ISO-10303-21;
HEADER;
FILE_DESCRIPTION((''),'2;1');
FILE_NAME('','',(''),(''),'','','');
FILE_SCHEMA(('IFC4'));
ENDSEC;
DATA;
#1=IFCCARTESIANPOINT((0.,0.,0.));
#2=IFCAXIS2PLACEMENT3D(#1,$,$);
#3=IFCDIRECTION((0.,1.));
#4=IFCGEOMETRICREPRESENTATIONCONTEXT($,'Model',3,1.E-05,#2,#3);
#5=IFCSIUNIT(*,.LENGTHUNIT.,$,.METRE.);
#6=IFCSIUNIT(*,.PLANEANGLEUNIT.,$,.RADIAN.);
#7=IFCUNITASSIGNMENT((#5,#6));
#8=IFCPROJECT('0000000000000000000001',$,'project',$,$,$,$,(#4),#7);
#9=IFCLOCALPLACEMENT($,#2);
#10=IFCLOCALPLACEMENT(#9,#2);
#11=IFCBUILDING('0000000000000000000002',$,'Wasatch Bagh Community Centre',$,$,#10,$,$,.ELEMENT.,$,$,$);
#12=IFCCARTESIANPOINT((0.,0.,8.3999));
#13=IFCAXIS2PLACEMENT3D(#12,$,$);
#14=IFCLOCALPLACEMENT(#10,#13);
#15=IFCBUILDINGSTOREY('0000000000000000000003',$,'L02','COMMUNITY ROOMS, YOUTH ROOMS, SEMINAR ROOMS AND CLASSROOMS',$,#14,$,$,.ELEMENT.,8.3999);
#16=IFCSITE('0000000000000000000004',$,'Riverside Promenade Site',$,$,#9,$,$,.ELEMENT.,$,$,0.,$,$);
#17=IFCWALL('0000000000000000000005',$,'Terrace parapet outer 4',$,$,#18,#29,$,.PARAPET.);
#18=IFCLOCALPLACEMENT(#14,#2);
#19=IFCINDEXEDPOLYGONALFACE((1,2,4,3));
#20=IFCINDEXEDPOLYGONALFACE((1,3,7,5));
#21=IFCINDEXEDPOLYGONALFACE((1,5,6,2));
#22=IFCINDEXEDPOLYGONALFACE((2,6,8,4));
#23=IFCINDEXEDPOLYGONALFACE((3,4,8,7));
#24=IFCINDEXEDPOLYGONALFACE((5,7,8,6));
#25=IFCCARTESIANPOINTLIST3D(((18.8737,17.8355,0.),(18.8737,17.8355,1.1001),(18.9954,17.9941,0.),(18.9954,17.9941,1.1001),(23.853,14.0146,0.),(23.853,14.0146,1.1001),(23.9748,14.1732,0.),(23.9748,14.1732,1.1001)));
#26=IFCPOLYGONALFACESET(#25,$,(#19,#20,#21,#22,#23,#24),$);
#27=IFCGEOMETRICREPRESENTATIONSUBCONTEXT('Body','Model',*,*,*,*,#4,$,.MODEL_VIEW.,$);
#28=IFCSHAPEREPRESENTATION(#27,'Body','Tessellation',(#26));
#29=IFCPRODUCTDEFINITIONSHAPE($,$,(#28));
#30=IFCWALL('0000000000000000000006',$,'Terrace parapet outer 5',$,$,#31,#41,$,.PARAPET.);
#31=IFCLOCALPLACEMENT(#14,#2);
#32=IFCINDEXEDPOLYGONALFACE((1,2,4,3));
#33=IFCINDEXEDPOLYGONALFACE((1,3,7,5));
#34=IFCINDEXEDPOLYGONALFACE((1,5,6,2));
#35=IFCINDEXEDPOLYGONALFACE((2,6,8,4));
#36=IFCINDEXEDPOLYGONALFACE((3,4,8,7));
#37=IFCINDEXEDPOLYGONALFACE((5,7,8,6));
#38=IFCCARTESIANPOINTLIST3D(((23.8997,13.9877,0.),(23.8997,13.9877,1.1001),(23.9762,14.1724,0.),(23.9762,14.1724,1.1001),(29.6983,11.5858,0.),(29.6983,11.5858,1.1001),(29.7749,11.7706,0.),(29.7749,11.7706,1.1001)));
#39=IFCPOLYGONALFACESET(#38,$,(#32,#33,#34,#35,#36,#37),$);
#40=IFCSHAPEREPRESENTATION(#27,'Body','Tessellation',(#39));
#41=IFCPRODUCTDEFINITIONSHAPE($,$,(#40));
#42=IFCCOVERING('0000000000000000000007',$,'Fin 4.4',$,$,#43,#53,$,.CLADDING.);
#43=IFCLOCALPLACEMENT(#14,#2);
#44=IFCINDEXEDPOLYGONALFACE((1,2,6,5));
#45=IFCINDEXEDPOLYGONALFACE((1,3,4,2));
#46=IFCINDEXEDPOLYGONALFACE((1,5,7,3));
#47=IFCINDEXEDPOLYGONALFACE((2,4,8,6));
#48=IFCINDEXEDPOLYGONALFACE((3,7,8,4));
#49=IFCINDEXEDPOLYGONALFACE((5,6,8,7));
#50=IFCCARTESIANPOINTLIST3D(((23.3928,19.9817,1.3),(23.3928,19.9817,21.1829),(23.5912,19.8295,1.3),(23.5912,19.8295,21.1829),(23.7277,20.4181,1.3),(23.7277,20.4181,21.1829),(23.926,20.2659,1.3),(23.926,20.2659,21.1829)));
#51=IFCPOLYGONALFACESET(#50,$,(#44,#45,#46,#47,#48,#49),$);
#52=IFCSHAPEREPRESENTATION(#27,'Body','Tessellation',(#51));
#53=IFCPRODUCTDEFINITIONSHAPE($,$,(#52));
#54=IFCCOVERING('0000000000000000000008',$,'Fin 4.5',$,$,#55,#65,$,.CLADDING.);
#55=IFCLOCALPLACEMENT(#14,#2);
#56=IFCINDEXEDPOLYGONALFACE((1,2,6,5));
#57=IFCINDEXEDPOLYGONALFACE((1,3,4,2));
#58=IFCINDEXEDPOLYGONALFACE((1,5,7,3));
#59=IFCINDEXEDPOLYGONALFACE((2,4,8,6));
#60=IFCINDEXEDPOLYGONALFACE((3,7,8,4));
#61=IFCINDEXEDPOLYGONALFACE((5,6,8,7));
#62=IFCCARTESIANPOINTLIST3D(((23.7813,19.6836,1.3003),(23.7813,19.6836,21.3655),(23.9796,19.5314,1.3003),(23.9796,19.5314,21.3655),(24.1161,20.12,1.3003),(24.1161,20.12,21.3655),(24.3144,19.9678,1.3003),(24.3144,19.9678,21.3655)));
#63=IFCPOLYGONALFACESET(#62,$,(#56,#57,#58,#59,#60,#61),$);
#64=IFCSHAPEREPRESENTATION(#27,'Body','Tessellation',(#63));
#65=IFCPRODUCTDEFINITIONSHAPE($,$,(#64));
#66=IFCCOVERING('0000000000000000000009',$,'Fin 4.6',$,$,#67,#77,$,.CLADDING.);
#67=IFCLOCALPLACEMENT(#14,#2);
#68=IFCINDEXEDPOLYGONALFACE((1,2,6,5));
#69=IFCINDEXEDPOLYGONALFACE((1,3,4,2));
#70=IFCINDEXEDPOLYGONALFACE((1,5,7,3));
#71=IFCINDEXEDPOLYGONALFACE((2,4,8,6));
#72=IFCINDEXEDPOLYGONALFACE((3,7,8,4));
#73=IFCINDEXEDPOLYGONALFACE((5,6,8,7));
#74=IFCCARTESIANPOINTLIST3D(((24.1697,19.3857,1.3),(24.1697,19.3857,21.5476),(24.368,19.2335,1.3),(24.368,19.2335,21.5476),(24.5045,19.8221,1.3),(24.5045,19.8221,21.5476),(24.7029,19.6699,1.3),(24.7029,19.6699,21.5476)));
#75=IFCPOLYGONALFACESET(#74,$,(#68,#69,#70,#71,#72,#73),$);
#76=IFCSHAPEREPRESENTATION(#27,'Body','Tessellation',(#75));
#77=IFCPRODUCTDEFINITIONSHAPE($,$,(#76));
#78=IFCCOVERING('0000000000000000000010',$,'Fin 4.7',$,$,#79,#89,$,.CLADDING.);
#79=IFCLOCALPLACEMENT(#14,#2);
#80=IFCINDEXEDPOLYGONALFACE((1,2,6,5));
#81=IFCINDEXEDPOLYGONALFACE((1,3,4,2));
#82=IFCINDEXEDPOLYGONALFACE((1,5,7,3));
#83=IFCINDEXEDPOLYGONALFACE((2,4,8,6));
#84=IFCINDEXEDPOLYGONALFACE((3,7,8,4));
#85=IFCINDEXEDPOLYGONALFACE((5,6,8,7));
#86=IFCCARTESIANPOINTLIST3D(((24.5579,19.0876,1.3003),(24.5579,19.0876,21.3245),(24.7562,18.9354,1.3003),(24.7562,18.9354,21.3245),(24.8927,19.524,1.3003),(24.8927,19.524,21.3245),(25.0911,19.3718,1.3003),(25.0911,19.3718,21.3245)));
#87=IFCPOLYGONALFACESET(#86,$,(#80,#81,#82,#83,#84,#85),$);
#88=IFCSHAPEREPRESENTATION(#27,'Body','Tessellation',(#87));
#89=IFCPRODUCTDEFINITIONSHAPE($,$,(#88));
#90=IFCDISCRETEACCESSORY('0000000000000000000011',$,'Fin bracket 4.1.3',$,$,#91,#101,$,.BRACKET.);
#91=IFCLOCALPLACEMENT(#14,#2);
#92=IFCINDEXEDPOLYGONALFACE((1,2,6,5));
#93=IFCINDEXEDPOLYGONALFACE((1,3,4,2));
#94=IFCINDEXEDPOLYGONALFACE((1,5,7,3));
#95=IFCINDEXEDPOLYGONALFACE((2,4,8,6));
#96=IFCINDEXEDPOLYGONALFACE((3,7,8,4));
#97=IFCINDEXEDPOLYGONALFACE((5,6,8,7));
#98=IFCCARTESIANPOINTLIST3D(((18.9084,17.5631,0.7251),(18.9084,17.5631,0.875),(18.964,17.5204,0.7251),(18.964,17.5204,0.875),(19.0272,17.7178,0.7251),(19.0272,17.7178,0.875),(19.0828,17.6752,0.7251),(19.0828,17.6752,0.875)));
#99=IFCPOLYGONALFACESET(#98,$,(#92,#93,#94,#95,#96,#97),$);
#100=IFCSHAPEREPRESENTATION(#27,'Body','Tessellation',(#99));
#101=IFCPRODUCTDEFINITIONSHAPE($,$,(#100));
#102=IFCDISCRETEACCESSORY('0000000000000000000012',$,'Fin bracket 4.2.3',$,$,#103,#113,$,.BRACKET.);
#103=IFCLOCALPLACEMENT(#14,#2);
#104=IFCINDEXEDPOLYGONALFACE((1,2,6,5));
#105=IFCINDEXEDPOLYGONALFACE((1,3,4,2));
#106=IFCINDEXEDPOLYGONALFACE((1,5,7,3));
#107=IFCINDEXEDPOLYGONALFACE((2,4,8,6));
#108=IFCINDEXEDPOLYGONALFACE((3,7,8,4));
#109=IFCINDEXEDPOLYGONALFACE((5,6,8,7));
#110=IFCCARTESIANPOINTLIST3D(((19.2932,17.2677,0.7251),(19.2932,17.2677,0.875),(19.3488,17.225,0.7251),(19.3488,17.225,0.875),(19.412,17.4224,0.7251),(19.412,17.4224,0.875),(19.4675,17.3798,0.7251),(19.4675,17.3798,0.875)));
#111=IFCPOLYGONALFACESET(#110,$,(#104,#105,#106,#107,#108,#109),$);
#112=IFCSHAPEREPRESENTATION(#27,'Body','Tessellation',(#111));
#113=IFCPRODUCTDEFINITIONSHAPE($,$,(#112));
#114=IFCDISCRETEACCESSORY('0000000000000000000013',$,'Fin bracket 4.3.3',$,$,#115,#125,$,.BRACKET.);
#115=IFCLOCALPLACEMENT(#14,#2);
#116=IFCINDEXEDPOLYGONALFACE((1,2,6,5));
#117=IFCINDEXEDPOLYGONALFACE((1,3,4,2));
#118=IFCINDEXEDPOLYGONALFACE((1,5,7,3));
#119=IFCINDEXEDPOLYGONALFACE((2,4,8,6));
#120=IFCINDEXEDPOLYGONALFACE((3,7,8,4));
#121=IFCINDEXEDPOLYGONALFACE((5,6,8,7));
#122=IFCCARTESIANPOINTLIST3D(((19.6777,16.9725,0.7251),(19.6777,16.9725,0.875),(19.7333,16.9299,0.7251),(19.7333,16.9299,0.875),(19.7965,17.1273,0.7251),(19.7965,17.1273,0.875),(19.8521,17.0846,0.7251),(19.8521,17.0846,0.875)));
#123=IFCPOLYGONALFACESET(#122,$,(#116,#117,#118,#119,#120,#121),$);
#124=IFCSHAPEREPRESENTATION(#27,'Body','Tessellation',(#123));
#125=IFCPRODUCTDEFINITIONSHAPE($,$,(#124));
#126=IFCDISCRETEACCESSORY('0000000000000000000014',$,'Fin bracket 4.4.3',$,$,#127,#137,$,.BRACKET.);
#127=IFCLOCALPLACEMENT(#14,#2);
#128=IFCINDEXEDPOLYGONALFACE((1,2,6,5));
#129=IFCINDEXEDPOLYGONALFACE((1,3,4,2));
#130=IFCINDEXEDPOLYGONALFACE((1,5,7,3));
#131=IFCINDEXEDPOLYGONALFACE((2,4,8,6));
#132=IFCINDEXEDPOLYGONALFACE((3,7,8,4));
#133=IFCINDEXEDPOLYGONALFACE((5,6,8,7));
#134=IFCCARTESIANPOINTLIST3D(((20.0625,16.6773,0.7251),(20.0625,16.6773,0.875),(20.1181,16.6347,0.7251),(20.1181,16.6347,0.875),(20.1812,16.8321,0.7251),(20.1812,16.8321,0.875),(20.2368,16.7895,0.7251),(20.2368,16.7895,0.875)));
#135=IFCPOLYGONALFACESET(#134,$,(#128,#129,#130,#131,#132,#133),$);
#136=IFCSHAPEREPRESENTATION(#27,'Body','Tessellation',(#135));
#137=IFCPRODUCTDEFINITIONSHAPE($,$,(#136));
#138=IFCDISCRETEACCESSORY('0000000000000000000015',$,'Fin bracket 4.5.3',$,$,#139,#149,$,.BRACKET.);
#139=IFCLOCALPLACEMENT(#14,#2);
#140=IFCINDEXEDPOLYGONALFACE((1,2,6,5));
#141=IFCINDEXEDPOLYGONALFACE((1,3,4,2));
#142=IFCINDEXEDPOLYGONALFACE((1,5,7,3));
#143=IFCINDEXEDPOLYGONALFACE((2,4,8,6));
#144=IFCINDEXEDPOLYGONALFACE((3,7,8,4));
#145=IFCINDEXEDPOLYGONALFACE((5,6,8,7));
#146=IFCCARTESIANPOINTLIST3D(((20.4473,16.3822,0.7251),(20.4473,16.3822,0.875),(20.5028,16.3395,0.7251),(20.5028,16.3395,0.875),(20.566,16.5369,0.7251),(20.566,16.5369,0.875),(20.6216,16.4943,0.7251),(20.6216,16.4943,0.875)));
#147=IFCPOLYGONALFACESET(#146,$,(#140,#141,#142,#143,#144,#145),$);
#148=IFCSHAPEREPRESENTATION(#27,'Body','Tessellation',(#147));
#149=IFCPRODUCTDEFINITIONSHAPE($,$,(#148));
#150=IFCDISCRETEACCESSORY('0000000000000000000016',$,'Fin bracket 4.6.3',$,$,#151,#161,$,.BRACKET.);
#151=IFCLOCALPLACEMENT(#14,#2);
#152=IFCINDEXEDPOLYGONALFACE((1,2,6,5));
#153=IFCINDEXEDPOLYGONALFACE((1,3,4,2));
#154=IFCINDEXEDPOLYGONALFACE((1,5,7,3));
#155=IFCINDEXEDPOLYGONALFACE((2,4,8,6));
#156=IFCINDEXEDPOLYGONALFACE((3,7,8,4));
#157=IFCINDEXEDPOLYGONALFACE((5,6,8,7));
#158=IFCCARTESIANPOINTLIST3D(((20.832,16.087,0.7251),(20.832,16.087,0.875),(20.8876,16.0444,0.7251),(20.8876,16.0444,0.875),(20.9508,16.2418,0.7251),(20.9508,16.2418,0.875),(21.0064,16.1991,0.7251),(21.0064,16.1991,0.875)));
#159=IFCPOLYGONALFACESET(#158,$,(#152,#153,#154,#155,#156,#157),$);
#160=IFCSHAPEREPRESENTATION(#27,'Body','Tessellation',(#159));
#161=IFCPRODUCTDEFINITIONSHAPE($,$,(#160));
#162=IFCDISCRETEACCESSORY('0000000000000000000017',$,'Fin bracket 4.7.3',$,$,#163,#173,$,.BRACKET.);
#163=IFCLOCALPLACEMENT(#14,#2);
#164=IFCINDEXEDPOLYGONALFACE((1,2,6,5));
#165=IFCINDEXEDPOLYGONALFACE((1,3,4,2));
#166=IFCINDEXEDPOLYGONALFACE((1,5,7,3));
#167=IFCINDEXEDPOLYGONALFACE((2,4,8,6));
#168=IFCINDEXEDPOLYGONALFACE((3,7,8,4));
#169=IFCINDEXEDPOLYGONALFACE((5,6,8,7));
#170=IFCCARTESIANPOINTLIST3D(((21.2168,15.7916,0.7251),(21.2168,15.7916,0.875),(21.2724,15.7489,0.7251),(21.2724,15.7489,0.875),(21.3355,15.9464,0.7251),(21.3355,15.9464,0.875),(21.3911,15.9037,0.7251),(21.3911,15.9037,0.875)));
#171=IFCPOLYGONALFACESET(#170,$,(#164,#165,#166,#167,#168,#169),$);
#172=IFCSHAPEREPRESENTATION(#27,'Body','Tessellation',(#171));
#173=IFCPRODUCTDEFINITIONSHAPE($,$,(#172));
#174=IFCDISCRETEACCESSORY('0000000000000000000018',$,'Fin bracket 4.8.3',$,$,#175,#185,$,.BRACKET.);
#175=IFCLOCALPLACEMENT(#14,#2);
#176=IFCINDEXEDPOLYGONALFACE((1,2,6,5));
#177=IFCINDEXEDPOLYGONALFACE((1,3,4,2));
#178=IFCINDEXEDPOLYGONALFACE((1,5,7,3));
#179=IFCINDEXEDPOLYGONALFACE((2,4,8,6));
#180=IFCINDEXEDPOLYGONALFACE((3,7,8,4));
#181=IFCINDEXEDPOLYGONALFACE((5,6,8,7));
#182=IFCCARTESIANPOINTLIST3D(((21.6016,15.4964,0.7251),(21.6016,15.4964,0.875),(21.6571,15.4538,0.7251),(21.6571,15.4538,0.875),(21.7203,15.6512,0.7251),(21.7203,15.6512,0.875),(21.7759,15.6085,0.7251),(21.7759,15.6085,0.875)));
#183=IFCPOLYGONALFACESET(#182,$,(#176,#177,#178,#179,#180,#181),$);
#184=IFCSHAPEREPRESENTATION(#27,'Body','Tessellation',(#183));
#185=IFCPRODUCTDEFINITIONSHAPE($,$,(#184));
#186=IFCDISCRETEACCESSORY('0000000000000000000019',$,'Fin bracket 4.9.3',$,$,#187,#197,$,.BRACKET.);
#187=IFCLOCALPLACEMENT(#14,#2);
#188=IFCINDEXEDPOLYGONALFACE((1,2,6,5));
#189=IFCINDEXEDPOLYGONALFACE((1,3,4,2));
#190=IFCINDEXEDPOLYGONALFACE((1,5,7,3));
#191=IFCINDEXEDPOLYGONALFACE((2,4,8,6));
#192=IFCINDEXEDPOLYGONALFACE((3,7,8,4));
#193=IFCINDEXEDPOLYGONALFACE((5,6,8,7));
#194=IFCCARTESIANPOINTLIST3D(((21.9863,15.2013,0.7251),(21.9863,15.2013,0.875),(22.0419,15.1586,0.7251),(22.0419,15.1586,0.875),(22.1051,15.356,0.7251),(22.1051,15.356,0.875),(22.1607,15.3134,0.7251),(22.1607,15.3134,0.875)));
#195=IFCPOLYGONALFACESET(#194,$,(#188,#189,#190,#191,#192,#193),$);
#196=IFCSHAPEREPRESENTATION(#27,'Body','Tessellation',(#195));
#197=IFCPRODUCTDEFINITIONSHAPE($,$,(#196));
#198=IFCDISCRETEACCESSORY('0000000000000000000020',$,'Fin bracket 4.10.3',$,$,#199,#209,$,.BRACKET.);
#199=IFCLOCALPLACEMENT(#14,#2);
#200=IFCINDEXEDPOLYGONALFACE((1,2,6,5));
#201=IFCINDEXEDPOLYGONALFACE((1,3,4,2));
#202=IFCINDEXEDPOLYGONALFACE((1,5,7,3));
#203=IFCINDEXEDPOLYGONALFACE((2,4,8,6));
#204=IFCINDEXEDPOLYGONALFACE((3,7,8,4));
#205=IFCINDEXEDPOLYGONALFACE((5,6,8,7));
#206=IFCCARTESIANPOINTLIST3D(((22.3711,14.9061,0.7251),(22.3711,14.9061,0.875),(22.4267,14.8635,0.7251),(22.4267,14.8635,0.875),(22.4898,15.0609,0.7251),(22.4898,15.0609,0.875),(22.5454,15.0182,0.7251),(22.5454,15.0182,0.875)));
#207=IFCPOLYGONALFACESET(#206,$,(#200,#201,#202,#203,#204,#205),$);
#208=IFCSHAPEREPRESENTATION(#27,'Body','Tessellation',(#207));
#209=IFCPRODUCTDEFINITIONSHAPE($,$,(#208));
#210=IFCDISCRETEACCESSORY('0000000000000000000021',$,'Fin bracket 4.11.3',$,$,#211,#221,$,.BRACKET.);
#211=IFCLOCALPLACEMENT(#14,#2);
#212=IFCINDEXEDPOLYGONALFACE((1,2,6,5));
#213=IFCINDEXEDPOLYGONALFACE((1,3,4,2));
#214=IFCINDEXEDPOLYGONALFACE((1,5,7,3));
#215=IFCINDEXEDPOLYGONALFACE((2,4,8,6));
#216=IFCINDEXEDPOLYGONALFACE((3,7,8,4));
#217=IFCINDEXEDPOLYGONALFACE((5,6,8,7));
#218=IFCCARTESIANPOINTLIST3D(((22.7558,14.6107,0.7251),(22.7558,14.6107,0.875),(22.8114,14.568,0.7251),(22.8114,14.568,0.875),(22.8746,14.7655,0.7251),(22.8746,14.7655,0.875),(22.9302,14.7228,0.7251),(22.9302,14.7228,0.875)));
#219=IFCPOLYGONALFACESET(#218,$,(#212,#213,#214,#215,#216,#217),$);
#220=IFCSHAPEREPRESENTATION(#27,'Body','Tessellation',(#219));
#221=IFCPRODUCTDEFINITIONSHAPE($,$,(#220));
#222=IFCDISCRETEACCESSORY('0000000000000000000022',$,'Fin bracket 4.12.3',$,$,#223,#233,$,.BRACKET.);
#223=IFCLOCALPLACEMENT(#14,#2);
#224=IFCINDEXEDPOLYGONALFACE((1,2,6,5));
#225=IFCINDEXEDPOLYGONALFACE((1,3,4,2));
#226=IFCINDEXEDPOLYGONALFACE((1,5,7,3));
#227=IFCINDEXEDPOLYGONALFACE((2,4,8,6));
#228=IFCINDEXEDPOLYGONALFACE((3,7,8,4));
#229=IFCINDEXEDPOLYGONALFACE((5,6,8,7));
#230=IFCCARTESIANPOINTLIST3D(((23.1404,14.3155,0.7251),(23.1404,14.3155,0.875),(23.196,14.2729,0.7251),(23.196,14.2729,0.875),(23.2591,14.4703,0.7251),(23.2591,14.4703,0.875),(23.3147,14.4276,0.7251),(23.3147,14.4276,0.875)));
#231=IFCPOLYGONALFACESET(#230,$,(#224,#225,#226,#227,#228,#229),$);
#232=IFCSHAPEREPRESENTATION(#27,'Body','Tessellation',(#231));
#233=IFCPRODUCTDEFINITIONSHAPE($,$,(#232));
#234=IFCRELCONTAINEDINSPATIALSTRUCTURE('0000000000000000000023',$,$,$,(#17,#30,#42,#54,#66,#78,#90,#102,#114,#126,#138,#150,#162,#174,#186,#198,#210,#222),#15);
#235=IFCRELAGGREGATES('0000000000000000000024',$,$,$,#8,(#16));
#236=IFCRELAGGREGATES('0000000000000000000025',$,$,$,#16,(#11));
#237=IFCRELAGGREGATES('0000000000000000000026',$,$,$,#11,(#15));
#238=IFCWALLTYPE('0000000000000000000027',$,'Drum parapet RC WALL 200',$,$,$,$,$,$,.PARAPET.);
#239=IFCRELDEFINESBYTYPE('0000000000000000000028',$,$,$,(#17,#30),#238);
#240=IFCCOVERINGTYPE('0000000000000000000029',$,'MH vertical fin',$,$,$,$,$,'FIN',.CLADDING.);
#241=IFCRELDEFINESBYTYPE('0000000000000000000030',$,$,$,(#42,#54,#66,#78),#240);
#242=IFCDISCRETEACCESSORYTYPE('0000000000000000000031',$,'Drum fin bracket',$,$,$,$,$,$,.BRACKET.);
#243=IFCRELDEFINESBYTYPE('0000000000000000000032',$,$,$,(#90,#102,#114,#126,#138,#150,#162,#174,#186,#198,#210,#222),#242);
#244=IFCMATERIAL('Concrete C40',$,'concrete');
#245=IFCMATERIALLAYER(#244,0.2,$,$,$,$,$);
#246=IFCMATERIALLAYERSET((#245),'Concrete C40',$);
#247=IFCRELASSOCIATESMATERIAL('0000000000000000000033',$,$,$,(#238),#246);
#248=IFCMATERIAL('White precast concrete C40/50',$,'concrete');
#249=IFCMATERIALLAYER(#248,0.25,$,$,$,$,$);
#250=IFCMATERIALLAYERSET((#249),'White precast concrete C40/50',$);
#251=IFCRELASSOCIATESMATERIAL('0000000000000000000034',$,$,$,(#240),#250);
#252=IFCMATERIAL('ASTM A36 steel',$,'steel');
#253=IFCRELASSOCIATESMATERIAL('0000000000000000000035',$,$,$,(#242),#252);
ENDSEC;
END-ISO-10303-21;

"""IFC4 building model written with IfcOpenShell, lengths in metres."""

from ifc_helpers import new_model, si_unit, direction, frame, frame_2d, origin, origin_2d, place, context, subcontext, project, spatial, rectangle, extrude, material, layer, layer_set, type_object, element, save


model = new_model("IFC4")

# Units and contexts
model_context = context("Model", 3, precision=1e-05, world=origin(), true_north=direction((0.0, 1.0)))
body_context = subcontext(model_context, "Body", "Model", "MODEL_VIEW")
ifc_project = project(units=[si_unit("LENGTHUNIT", "METRE"), si_unit("PLANEANGLEUNIT", "RADIAN")], contexts=[model_context])

# Site, building, storey
site_placement = place(None, origin())
site = spatial("IfcSite", under=ifc_project, at=site_placement, Name="Riverside Promenade Site", CompositionType="ELEMENT", RefElevation=0.0)
building_placement = place(site_placement, origin())
building = spatial("IfcBuilding", under=site, at=building_placement, Name="Wasatch Bagh Community Centre", CompositionType="ELEMENT")
storey_placement = place(building_placement, frame((0.0, 0.0, 8.3999)))
storey = spatial("IfcBuildingStorey", under=building, at=storey_placement, Name="L02", Description="COMMUNITY ROOMS, YOUTH ROOMS, SEMINAR ROOMS AND CLASSROOMS", CompositionType="ELEMENT", Elevation=8.3999)

# Walls
ifc_material_1 = material(Name="Concrete C40", Category="concrete")
ifc_layer_1 = layer(ifc_material_1, 0.2)
ifc_layer_set_1 = layer_set([ifc_layer_1], Name="Concrete C40")
wall_type = type_object("IfcWallType", Name="Drum parapet RC WALL 200", PredefinedType="PARAPET", material=ifc_layer_set_1)
for number, where, z_axis, x_axis, name in (
    (1, (18.9346, 17.9148, 0.0), (0.0, 0.0, 1.0), (0.793346, -0.60877, 0.0), "Terrace parapet outer 4"),
    (2, (23.938, 14.0801, 0.0), (0.0, 0.0, 1.0), (0.923879, -0.382684, 0.0), "Terrace parapet outer 5"),
):
    element("IfcWall", number, at=place(storey_placement, frame(where, z_axis=z_axis, x_axis=x_axis)), inside=storey, type_object=wall_type, Name=name, PredefinedType="PARAPET", context=body_context, shape_type="SweptSolid", body=[
        extrude(rectangle(XDim=6.2764, YDim=0.2, at=frame_2d((3.1382, 0.0))), origin(), (0.0, 0.0, 1.0), 1.1001),
    ])

# Coverings
ifc_material_2 = material(Name="White precast concrete C40/50", Category="concrete")
ifc_layer_2 = layer(ifc_material_2, 0.25)
ifc_layer_set_2 = layer_set([ifc_layer_2], Name="White precast concrete C40/50")
covering_type = type_object("IfcCoveringType", Name="MH vertical fin", ElementType="FIN", PredefinedType="CLADDING", material=ifc_layer_set_2)
covering_1_placement = place(storey_placement, frame((23.6594, 20.1238, 1.3), z_axis=(0.0, 0.0, 1.0), x_axis=(0.793353, -0.608761, 0.0)))
element("IfcCovering", 3, at=covering_1_placement, inside=storey, type_object=covering_type, Name="Fin 4.4", PredefinedType="CLADDING", context=body_context, shape_type="SweptSolid", body=[
    extrude(rectangle(XDim=0.25, YDim=0.55, at=origin_2d()), origin(), (0.0, 0.0, 1.0), 19.8828),
])
covering_2_placement = place(storey_placement, frame((24.0479, 19.8257, 1.3003), z_axis=(0.0, 0.0, 1.0), x_axis=(0.793353, -0.608761, 0.0)))
element("IfcCovering", 4, at=covering_2_placement, inside=storey, type_object=covering_type, Name="Fin 4.5", PredefinedType="CLADDING", context=body_context, shape_type="SweptSolid", body=[
    extrude(rectangle(XDim=0.25, YDim=0.55, at=origin_2d()), origin(), (0.0, 0.0, 1.0), 20.0652),
])
covering_3_placement = place(storey_placement, frame((24.4363, 19.5278, 1.3), z_axis=(0.0, 0.0, 1.0), x_axis=(0.793353, -0.608761, 0.0)))
element("IfcCovering", 5, at=covering_3_placement, inside=storey, type_object=covering_type, Name="Fin 4.6", PredefinedType="CLADDING", context=body_context, shape_type="SweptSolid", body=[
    extrude(rectangle(XDim=0.25, YDim=0.55, at=origin_2d()), origin(), (0.0, 0.0, 1.0), 20.2476),
])
covering_4_placement = place(storey_placement, frame((24.8245, 19.2297, 1.3003), z_axis=(0.0, 0.0, 1.0), x_axis=(0.793353, -0.608761, 0.0)))
element("IfcCovering", 6, at=covering_4_placement, inside=storey, type_object=covering_type, Name="Fin 4.7", PredefinedType="CLADDING", context=body_context, shape_type="SweptSolid", body=[
    extrude(rectangle(XDim=0.25, YDim=0.55, at=origin_2d()), origin(), (0.0, 0.0, 1.0), 20.0242),
])

# Discrete accessories
ifc_material_3 = material(Name="ASTM A36 steel", Category="steel")
discrete_accessory_type_1 = type_object("IfcDiscreteAccessoryType", Name="Drum fin bracket", PredefinedType="BRACKET", material=ifc_material_3)
for number, where, z_axis, x_axis, name in (
    (7, (18.9956, 17.6191, 0.7251), (0.0, 0.0, 1.0), (0.793353, -0.608761, 0.0), "Fin bracket 4.1.3"),
    (8, (19.3804, 17.3237, 0.7251), (0.0, 0.0, 1.0), (0.793353, -0.608761, 0.0), "Fin bracket 4.2.3"),
    (9, (19.7649, 17.0286, 0.7251), (0.0, 0.0, 1.0), (0.793353, -0.608761, 0.0), "Fin bracket 4.3.3"),
    (10, (20.1497, 16.7334, 0.7251), (0.0, 0.0, 1.0), (0.793353, -0.608761, 0.0), "Fin bracket 4.4.3"),
    (11, (20.5344, 16.4382, 0.7251), (0.0, 0.0, 1.0), (0.793353, -0.608761, 0.0), "Fin bracket 4.5.3"),
    (12, (20.9192, 16.1431, 0.7251), (0.0, 0.0, 1.0), (0.793353, -0.608761, 0.0), "Fin bracket 4.6.3"),
    (13, (21.304, 15.8477, 0.7251), (0.0, 0.0, 1.0), (0.793353, -0.608761, 0.0), "Fin bracket 4.7.3"),
    (14, (21.6887, 15.5525, 0.7251), (0.0, 0.0, 1.0), (0.793353, -0.608761, 0.0), "Fin bracket 4.8.3"),
    (15, (22.0735, 15.2573, 0.7251), (0.0, 0.0, 1.0), (0.793353, -0.608761, 0.0), "Fin bracket 4.9.3"),
    (16, (22.4583, 14.9622, 0.7251), (0.0, 0.0, 1.0), (0.793353, -0.608761, 0.0), "Fin bracket 4.10.3"),
    (17, (22.843, 14.6667, 0.7251), (0.0, 0.0, 1.0), (0.793353, -0.608761, 0.0), "Fin bracket 4.11.3"),
    (18, (23.2275, 14.3716, 0.7251), (0.0, 0.0, 1.0), (0.793353, -0.608761, 0.0), "Fin bracket 4.12.3"),
):
    element("IfcDiscreteAccessory", number, at=place(storey_placement, frame(where, z_axis=z_axis, x_axis=x_axis)), inside=storey, type_object=discrete_accessory_type_1, Name=name, PredefinedType="BRACKET", context=body_context, shape_type="SweptSolid", body=[
        extrude(rectangle(XDim=0.0701, YDim=0.1951, at=origin_2d()), origin(), (0.0, 0.0, 1.0), 0.1499),
    ])

save(model, "model.ifc")
